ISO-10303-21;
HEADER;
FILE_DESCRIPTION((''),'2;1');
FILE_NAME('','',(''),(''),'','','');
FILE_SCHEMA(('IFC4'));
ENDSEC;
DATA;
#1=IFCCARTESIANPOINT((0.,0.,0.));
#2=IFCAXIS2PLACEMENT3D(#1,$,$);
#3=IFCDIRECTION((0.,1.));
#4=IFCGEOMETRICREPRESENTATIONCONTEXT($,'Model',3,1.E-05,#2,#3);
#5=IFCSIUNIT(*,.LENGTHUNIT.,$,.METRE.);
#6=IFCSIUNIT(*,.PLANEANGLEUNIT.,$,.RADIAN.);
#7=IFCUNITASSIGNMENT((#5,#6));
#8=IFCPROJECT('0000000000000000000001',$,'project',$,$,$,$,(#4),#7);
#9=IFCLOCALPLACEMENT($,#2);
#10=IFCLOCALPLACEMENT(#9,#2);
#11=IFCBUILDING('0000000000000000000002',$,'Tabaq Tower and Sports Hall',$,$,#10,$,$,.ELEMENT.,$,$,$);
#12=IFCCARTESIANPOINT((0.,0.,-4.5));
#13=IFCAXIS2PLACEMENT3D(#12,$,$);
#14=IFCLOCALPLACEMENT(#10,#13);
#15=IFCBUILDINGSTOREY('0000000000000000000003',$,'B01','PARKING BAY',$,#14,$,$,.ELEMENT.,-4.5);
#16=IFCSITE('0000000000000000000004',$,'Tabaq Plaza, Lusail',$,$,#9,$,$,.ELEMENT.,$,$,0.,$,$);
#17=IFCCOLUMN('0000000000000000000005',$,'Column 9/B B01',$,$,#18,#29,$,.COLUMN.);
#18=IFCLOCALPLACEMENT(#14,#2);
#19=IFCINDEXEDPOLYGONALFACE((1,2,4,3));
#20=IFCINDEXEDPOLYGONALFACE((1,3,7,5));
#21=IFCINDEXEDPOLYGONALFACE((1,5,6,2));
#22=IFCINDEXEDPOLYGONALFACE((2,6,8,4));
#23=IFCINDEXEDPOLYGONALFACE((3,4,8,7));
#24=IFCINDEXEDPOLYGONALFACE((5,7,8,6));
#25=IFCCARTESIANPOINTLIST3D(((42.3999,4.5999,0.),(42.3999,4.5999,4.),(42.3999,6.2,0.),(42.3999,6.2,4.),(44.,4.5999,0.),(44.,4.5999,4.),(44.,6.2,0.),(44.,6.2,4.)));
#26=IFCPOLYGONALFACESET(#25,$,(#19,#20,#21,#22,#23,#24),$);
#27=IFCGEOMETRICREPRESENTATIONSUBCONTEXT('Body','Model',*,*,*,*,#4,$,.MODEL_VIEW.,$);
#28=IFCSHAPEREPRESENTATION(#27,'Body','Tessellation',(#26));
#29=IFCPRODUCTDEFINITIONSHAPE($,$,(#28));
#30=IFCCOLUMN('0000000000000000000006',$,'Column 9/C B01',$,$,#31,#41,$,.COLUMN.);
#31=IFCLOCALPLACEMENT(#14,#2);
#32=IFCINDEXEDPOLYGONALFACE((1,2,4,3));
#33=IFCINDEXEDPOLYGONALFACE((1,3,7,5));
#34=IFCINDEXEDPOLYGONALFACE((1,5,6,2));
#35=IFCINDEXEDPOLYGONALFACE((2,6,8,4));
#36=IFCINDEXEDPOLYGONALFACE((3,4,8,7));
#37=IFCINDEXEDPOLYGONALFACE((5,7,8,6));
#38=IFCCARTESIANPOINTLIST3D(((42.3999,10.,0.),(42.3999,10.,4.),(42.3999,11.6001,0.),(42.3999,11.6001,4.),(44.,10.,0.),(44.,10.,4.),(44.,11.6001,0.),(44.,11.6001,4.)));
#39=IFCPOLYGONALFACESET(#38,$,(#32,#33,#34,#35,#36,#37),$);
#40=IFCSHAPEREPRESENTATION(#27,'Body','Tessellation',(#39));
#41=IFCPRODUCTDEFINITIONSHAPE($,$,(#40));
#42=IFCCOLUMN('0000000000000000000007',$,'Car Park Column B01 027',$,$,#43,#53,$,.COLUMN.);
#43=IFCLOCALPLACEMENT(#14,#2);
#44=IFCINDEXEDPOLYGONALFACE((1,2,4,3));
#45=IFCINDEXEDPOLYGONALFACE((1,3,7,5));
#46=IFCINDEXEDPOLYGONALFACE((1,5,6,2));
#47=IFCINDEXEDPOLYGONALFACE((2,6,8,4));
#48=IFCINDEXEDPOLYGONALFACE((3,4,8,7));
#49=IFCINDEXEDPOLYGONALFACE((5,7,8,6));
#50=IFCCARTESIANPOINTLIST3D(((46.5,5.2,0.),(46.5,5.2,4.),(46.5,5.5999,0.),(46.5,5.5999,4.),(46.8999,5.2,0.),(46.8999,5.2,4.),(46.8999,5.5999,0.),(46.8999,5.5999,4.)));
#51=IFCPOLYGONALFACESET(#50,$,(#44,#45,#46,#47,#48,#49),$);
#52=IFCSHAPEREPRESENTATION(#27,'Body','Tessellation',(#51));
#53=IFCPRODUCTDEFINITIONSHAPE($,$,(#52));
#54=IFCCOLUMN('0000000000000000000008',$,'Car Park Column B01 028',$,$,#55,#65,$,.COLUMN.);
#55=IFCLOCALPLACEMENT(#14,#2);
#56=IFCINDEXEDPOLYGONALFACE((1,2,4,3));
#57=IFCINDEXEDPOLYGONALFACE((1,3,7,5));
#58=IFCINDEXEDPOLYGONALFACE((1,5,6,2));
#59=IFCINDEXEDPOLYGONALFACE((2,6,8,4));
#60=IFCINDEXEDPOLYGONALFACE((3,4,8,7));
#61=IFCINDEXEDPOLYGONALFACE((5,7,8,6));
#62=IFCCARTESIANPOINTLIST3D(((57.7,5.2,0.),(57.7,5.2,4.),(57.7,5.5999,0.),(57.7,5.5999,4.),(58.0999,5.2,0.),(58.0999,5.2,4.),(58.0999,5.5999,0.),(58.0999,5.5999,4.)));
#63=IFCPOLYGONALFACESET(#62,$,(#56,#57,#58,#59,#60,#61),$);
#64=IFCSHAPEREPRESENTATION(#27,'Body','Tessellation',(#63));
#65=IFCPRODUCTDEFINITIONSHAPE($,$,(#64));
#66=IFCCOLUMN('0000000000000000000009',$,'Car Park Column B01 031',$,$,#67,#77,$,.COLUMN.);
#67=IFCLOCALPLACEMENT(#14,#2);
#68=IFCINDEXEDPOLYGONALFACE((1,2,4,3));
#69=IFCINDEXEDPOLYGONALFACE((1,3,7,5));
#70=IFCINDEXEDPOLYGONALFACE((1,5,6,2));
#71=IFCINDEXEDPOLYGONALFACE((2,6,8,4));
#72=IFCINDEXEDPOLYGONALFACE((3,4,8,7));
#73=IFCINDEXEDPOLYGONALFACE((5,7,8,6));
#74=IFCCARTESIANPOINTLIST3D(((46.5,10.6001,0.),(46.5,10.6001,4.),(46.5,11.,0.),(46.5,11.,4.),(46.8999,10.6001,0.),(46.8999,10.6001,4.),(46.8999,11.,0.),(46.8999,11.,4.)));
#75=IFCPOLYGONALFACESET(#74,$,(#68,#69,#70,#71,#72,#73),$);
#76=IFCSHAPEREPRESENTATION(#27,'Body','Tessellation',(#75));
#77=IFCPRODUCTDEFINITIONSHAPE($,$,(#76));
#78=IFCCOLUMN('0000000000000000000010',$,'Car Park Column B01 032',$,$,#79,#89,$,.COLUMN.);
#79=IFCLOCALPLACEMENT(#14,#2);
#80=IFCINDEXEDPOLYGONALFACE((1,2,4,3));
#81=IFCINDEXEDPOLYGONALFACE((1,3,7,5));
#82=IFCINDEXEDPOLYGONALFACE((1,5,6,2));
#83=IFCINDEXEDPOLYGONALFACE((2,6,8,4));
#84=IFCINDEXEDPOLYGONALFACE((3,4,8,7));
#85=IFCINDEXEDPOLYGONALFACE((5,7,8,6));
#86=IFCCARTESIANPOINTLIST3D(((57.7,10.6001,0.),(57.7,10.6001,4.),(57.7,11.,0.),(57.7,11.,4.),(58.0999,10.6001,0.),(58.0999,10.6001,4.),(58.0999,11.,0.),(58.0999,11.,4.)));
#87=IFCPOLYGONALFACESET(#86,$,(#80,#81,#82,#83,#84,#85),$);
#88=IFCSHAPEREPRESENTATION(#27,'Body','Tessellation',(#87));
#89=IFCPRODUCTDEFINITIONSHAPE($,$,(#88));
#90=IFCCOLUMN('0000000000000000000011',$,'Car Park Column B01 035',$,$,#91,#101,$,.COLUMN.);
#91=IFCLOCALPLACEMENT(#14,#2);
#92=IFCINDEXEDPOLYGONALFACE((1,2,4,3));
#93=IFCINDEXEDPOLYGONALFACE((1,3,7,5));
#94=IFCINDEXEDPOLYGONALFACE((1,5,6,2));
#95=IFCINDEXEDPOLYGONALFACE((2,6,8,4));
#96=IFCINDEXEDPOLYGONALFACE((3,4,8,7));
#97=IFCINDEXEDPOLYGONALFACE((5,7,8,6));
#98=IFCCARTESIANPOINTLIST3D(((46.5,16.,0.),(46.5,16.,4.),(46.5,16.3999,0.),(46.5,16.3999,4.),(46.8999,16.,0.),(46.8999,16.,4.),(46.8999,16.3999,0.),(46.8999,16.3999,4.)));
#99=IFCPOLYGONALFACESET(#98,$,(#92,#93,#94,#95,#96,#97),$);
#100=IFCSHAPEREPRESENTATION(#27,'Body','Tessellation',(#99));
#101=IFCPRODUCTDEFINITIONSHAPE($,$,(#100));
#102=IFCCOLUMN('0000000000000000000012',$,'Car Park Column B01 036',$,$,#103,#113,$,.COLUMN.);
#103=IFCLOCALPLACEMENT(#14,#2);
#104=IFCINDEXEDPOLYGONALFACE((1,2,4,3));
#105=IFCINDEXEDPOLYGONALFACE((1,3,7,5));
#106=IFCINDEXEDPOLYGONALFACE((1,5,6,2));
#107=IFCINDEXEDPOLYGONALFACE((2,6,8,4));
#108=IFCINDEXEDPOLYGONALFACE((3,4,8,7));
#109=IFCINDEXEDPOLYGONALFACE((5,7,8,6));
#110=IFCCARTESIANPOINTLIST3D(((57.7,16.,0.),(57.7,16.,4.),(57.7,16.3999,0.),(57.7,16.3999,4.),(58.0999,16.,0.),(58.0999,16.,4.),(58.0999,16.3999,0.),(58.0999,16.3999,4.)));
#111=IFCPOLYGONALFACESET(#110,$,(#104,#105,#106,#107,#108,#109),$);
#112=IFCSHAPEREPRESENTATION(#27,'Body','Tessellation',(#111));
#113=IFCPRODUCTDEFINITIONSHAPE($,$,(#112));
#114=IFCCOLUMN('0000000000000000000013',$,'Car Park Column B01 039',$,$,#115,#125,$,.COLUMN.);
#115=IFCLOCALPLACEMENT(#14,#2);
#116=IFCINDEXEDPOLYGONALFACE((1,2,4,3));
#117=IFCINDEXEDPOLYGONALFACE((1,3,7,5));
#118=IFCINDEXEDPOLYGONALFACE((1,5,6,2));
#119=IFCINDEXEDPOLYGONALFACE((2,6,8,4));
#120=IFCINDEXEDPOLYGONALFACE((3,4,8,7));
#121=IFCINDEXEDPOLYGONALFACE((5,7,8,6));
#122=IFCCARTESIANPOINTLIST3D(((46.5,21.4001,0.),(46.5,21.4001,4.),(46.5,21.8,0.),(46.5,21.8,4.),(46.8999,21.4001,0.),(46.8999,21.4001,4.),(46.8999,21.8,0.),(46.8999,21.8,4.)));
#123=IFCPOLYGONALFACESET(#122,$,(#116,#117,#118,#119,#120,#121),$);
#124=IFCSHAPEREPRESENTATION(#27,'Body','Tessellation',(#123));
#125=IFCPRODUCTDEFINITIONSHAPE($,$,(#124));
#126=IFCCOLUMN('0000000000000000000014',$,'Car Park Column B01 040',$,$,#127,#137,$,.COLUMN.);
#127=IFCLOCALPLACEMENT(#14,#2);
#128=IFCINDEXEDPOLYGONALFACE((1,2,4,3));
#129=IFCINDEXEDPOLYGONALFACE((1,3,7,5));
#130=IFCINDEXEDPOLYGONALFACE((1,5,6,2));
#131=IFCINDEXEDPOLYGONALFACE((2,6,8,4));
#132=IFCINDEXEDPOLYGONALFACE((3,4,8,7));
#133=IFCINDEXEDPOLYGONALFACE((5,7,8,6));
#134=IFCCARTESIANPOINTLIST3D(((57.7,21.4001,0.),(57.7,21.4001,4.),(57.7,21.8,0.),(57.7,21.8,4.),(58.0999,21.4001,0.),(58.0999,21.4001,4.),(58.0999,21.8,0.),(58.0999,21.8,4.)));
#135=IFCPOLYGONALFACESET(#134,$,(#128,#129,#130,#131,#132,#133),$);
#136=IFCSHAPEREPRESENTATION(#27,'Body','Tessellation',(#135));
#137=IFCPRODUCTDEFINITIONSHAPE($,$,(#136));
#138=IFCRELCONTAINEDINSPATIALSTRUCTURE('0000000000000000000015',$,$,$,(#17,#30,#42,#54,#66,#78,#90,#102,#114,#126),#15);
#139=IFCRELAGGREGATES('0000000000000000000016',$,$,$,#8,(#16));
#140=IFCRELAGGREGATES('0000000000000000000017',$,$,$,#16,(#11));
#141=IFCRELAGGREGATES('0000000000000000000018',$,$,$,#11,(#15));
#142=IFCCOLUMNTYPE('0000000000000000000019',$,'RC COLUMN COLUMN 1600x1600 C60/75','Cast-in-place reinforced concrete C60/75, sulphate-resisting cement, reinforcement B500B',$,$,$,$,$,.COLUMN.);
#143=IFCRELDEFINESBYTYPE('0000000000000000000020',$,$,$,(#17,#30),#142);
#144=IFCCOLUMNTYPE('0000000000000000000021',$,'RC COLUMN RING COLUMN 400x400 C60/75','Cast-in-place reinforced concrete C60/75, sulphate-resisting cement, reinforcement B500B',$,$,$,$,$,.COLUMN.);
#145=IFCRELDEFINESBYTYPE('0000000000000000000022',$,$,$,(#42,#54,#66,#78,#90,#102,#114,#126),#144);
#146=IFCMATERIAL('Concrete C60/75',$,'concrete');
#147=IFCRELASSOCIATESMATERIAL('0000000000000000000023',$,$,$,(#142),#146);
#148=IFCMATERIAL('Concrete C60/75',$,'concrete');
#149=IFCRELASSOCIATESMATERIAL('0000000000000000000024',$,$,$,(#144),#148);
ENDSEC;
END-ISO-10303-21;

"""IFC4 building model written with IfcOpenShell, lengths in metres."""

from ifc_helpers import new_model, si_unit, direction, frame, origin, origin_2d, place, context, subcontext, project, spatial, rectangle, extrude, material, material_profile, profile_set, type_object, element, save


model = new_model("IFC4")

# Units and contexts
model_context = context("Model", 3, precision=1e-05, world=origin(), true_north=direction((0.0, 1.0)))
body_context = subcontext(model_context, "Body", "Model", "MODEL_VIEW")
ifc_project = project(units=[si_unit("LENGTHUNIT", "METRE"), si_unit("PLANEANGLEUNIT", "RADIAN")], contexts=[model_context])

# Site, building, storey
site_placement = place(None, origin())
site = spatial("IfcSite", under=ifc_project, at=site_placement, Name="Tabaq Plaza, Lusail", CompositionType="ELEMENT", RefElevation=0.0)
building_placement = place(site_placement, origin())
building = spatial("IfcBuilding", under=site, at=building_placement, Name="Tabaq Tower and Sports Hall", CompositionType="ELEMENT")
storey_placement = place(building_placement, frame((0.0, 0.0, -4.5)))
storey = spatial("IfcBuildingStorey", under=building, at=storey_placement, Name="B01", Description="PARKING BAY", CompositionType="ELEMENT", Elevation=-4.5)

# Columns
ifc_material_1 = material(Name="Concrete C60/75", Category="concrete")
ifc_material_profile_1 = material_profile(ifc_material_1, rectangle(XDim=1.6001, YDim=1.6001, at=origin_2d()), Name="COLUMN 1600x1600")
ifc_profile_set_1 = profile_set([ifc_material_profile_1], Name="Concrete C60/75")
column_type_1 = type_object("IfcColumnType", Name="RC COLUMN COLUMN 1600x1600 C60/75", Description="Cast-in-place reinforced concrete C60/75, sulphate-resisting cement, reinforcement B500B", PredefinedType="COLUMN", material=ifc_profile_set_1)
for number, where, z_axis, x_axis, name in (
    (1, (43.2, 5.3999, 0.0), (0.0, 0.0, 1.0), (1.0, 0.0, 0.0), "Column 9/B B01"),
    (2, (43.2, 10.8, 0.0), (0.0, 0.0, 1.0), (1.0, 0.0, 0.0), "Column 9/C B01"),
):
    element("IfcColumn", number, at=place(storey_placement, frame(where, z_axis=z_axis, x_axis=x_axis)), inside=storey, type_object=column_type_1, Name=name, PredefinedType="COLUMN", context=body_context, shape_type="SweptSolid", body=[
        extrude(rectangle(XDim=1.6001, YDim=1.6001, at=origin_2d()), origin(), (0.0, 0.0, 1.0), 4.0),
    ])
ifc_material_2 = material(Name="Concrete C60/75", Category="concrete")
ifc_material_profile_2 = material_profile(ifc_material_2, rectangle(XDim=0.3999, YDim=0.3999, at=origin_2d()), Name="RING COLUMN 400x400")
ifc_profile_set_2 = profile_set([ifc_material_profile_2], Name="Concrete C60/75")
column_type_2 = type_object("IfcColumnType", Name="RC COLUMN RING COLUMN 400x400 C60/75", Description="Cast-in-place reinforced concrete C60/75, sulphate-resisting cement, reinforcement B500B", PredefinedType="COLUMN", material=ifc_profile_set_2)
for number, where, z_axis, x_axis, name in (
    (3, (46.7, 5.3999, 0.0), (0.0, 0.0, 1.0), (1.0, 0.0, 0.0), "Car Park Column B01 027"),
    (4, (57.8999, 5.3999, 0.0), (0.0, 0.0, 1.0), (1.0, 0.0, 0.0), "Car Park Column B01 028"),
    (5, (46.7, 10.8, 0.0), (0.0, 0.0, 1.0), (1.0, 0.0, 0.0), "Car Park Column B01 031"),
    (6, (57.8999, 10.8, 0.0), (0.0, 0.0, 1.0), (1.0, 0.0, 0.0), "Car Park Column B01 032"),
    (7, (46.7, 16.2, 0.0), (0.0, 0.0, 1.0), (1.0, 0.0, 0.0), "Car Park Column B01 035"),
    (8, (57.8999, 16.2, 0.0), (0.0, 0.0, 1.0), (1.0, 0.0, 0.0), "Car Park Column B01 036"),
    (9, (46.7, 21.6001, 0.0), (0.0, 0.0, 1.0), (1.0, 0.0, 0.0), "Car Park Column B01 039"),
    (10, (57.8999, 21.6001, 0.0), (0.0, 0.0, 1.0), (1.0, 0.0, 0.0), "Car Park Column B01 040"),
):
    element("IfcColumn", number, at=place(storey_placement, frame(where, z_axis=z_axis, x_axis=x_axis)), inside=storey, type_object=column_type_2, Name=name, PredefinedType="COLUMN", context=body_context, shape_type="SweptSolid", body=[
        extrude(rectangle(XDim=0.3999, YDim=0.3999, at=origin_2d()), origin(), (0.0, 0.0, 1.0), 4.0),
    ])

save(model, "model.ifc")
